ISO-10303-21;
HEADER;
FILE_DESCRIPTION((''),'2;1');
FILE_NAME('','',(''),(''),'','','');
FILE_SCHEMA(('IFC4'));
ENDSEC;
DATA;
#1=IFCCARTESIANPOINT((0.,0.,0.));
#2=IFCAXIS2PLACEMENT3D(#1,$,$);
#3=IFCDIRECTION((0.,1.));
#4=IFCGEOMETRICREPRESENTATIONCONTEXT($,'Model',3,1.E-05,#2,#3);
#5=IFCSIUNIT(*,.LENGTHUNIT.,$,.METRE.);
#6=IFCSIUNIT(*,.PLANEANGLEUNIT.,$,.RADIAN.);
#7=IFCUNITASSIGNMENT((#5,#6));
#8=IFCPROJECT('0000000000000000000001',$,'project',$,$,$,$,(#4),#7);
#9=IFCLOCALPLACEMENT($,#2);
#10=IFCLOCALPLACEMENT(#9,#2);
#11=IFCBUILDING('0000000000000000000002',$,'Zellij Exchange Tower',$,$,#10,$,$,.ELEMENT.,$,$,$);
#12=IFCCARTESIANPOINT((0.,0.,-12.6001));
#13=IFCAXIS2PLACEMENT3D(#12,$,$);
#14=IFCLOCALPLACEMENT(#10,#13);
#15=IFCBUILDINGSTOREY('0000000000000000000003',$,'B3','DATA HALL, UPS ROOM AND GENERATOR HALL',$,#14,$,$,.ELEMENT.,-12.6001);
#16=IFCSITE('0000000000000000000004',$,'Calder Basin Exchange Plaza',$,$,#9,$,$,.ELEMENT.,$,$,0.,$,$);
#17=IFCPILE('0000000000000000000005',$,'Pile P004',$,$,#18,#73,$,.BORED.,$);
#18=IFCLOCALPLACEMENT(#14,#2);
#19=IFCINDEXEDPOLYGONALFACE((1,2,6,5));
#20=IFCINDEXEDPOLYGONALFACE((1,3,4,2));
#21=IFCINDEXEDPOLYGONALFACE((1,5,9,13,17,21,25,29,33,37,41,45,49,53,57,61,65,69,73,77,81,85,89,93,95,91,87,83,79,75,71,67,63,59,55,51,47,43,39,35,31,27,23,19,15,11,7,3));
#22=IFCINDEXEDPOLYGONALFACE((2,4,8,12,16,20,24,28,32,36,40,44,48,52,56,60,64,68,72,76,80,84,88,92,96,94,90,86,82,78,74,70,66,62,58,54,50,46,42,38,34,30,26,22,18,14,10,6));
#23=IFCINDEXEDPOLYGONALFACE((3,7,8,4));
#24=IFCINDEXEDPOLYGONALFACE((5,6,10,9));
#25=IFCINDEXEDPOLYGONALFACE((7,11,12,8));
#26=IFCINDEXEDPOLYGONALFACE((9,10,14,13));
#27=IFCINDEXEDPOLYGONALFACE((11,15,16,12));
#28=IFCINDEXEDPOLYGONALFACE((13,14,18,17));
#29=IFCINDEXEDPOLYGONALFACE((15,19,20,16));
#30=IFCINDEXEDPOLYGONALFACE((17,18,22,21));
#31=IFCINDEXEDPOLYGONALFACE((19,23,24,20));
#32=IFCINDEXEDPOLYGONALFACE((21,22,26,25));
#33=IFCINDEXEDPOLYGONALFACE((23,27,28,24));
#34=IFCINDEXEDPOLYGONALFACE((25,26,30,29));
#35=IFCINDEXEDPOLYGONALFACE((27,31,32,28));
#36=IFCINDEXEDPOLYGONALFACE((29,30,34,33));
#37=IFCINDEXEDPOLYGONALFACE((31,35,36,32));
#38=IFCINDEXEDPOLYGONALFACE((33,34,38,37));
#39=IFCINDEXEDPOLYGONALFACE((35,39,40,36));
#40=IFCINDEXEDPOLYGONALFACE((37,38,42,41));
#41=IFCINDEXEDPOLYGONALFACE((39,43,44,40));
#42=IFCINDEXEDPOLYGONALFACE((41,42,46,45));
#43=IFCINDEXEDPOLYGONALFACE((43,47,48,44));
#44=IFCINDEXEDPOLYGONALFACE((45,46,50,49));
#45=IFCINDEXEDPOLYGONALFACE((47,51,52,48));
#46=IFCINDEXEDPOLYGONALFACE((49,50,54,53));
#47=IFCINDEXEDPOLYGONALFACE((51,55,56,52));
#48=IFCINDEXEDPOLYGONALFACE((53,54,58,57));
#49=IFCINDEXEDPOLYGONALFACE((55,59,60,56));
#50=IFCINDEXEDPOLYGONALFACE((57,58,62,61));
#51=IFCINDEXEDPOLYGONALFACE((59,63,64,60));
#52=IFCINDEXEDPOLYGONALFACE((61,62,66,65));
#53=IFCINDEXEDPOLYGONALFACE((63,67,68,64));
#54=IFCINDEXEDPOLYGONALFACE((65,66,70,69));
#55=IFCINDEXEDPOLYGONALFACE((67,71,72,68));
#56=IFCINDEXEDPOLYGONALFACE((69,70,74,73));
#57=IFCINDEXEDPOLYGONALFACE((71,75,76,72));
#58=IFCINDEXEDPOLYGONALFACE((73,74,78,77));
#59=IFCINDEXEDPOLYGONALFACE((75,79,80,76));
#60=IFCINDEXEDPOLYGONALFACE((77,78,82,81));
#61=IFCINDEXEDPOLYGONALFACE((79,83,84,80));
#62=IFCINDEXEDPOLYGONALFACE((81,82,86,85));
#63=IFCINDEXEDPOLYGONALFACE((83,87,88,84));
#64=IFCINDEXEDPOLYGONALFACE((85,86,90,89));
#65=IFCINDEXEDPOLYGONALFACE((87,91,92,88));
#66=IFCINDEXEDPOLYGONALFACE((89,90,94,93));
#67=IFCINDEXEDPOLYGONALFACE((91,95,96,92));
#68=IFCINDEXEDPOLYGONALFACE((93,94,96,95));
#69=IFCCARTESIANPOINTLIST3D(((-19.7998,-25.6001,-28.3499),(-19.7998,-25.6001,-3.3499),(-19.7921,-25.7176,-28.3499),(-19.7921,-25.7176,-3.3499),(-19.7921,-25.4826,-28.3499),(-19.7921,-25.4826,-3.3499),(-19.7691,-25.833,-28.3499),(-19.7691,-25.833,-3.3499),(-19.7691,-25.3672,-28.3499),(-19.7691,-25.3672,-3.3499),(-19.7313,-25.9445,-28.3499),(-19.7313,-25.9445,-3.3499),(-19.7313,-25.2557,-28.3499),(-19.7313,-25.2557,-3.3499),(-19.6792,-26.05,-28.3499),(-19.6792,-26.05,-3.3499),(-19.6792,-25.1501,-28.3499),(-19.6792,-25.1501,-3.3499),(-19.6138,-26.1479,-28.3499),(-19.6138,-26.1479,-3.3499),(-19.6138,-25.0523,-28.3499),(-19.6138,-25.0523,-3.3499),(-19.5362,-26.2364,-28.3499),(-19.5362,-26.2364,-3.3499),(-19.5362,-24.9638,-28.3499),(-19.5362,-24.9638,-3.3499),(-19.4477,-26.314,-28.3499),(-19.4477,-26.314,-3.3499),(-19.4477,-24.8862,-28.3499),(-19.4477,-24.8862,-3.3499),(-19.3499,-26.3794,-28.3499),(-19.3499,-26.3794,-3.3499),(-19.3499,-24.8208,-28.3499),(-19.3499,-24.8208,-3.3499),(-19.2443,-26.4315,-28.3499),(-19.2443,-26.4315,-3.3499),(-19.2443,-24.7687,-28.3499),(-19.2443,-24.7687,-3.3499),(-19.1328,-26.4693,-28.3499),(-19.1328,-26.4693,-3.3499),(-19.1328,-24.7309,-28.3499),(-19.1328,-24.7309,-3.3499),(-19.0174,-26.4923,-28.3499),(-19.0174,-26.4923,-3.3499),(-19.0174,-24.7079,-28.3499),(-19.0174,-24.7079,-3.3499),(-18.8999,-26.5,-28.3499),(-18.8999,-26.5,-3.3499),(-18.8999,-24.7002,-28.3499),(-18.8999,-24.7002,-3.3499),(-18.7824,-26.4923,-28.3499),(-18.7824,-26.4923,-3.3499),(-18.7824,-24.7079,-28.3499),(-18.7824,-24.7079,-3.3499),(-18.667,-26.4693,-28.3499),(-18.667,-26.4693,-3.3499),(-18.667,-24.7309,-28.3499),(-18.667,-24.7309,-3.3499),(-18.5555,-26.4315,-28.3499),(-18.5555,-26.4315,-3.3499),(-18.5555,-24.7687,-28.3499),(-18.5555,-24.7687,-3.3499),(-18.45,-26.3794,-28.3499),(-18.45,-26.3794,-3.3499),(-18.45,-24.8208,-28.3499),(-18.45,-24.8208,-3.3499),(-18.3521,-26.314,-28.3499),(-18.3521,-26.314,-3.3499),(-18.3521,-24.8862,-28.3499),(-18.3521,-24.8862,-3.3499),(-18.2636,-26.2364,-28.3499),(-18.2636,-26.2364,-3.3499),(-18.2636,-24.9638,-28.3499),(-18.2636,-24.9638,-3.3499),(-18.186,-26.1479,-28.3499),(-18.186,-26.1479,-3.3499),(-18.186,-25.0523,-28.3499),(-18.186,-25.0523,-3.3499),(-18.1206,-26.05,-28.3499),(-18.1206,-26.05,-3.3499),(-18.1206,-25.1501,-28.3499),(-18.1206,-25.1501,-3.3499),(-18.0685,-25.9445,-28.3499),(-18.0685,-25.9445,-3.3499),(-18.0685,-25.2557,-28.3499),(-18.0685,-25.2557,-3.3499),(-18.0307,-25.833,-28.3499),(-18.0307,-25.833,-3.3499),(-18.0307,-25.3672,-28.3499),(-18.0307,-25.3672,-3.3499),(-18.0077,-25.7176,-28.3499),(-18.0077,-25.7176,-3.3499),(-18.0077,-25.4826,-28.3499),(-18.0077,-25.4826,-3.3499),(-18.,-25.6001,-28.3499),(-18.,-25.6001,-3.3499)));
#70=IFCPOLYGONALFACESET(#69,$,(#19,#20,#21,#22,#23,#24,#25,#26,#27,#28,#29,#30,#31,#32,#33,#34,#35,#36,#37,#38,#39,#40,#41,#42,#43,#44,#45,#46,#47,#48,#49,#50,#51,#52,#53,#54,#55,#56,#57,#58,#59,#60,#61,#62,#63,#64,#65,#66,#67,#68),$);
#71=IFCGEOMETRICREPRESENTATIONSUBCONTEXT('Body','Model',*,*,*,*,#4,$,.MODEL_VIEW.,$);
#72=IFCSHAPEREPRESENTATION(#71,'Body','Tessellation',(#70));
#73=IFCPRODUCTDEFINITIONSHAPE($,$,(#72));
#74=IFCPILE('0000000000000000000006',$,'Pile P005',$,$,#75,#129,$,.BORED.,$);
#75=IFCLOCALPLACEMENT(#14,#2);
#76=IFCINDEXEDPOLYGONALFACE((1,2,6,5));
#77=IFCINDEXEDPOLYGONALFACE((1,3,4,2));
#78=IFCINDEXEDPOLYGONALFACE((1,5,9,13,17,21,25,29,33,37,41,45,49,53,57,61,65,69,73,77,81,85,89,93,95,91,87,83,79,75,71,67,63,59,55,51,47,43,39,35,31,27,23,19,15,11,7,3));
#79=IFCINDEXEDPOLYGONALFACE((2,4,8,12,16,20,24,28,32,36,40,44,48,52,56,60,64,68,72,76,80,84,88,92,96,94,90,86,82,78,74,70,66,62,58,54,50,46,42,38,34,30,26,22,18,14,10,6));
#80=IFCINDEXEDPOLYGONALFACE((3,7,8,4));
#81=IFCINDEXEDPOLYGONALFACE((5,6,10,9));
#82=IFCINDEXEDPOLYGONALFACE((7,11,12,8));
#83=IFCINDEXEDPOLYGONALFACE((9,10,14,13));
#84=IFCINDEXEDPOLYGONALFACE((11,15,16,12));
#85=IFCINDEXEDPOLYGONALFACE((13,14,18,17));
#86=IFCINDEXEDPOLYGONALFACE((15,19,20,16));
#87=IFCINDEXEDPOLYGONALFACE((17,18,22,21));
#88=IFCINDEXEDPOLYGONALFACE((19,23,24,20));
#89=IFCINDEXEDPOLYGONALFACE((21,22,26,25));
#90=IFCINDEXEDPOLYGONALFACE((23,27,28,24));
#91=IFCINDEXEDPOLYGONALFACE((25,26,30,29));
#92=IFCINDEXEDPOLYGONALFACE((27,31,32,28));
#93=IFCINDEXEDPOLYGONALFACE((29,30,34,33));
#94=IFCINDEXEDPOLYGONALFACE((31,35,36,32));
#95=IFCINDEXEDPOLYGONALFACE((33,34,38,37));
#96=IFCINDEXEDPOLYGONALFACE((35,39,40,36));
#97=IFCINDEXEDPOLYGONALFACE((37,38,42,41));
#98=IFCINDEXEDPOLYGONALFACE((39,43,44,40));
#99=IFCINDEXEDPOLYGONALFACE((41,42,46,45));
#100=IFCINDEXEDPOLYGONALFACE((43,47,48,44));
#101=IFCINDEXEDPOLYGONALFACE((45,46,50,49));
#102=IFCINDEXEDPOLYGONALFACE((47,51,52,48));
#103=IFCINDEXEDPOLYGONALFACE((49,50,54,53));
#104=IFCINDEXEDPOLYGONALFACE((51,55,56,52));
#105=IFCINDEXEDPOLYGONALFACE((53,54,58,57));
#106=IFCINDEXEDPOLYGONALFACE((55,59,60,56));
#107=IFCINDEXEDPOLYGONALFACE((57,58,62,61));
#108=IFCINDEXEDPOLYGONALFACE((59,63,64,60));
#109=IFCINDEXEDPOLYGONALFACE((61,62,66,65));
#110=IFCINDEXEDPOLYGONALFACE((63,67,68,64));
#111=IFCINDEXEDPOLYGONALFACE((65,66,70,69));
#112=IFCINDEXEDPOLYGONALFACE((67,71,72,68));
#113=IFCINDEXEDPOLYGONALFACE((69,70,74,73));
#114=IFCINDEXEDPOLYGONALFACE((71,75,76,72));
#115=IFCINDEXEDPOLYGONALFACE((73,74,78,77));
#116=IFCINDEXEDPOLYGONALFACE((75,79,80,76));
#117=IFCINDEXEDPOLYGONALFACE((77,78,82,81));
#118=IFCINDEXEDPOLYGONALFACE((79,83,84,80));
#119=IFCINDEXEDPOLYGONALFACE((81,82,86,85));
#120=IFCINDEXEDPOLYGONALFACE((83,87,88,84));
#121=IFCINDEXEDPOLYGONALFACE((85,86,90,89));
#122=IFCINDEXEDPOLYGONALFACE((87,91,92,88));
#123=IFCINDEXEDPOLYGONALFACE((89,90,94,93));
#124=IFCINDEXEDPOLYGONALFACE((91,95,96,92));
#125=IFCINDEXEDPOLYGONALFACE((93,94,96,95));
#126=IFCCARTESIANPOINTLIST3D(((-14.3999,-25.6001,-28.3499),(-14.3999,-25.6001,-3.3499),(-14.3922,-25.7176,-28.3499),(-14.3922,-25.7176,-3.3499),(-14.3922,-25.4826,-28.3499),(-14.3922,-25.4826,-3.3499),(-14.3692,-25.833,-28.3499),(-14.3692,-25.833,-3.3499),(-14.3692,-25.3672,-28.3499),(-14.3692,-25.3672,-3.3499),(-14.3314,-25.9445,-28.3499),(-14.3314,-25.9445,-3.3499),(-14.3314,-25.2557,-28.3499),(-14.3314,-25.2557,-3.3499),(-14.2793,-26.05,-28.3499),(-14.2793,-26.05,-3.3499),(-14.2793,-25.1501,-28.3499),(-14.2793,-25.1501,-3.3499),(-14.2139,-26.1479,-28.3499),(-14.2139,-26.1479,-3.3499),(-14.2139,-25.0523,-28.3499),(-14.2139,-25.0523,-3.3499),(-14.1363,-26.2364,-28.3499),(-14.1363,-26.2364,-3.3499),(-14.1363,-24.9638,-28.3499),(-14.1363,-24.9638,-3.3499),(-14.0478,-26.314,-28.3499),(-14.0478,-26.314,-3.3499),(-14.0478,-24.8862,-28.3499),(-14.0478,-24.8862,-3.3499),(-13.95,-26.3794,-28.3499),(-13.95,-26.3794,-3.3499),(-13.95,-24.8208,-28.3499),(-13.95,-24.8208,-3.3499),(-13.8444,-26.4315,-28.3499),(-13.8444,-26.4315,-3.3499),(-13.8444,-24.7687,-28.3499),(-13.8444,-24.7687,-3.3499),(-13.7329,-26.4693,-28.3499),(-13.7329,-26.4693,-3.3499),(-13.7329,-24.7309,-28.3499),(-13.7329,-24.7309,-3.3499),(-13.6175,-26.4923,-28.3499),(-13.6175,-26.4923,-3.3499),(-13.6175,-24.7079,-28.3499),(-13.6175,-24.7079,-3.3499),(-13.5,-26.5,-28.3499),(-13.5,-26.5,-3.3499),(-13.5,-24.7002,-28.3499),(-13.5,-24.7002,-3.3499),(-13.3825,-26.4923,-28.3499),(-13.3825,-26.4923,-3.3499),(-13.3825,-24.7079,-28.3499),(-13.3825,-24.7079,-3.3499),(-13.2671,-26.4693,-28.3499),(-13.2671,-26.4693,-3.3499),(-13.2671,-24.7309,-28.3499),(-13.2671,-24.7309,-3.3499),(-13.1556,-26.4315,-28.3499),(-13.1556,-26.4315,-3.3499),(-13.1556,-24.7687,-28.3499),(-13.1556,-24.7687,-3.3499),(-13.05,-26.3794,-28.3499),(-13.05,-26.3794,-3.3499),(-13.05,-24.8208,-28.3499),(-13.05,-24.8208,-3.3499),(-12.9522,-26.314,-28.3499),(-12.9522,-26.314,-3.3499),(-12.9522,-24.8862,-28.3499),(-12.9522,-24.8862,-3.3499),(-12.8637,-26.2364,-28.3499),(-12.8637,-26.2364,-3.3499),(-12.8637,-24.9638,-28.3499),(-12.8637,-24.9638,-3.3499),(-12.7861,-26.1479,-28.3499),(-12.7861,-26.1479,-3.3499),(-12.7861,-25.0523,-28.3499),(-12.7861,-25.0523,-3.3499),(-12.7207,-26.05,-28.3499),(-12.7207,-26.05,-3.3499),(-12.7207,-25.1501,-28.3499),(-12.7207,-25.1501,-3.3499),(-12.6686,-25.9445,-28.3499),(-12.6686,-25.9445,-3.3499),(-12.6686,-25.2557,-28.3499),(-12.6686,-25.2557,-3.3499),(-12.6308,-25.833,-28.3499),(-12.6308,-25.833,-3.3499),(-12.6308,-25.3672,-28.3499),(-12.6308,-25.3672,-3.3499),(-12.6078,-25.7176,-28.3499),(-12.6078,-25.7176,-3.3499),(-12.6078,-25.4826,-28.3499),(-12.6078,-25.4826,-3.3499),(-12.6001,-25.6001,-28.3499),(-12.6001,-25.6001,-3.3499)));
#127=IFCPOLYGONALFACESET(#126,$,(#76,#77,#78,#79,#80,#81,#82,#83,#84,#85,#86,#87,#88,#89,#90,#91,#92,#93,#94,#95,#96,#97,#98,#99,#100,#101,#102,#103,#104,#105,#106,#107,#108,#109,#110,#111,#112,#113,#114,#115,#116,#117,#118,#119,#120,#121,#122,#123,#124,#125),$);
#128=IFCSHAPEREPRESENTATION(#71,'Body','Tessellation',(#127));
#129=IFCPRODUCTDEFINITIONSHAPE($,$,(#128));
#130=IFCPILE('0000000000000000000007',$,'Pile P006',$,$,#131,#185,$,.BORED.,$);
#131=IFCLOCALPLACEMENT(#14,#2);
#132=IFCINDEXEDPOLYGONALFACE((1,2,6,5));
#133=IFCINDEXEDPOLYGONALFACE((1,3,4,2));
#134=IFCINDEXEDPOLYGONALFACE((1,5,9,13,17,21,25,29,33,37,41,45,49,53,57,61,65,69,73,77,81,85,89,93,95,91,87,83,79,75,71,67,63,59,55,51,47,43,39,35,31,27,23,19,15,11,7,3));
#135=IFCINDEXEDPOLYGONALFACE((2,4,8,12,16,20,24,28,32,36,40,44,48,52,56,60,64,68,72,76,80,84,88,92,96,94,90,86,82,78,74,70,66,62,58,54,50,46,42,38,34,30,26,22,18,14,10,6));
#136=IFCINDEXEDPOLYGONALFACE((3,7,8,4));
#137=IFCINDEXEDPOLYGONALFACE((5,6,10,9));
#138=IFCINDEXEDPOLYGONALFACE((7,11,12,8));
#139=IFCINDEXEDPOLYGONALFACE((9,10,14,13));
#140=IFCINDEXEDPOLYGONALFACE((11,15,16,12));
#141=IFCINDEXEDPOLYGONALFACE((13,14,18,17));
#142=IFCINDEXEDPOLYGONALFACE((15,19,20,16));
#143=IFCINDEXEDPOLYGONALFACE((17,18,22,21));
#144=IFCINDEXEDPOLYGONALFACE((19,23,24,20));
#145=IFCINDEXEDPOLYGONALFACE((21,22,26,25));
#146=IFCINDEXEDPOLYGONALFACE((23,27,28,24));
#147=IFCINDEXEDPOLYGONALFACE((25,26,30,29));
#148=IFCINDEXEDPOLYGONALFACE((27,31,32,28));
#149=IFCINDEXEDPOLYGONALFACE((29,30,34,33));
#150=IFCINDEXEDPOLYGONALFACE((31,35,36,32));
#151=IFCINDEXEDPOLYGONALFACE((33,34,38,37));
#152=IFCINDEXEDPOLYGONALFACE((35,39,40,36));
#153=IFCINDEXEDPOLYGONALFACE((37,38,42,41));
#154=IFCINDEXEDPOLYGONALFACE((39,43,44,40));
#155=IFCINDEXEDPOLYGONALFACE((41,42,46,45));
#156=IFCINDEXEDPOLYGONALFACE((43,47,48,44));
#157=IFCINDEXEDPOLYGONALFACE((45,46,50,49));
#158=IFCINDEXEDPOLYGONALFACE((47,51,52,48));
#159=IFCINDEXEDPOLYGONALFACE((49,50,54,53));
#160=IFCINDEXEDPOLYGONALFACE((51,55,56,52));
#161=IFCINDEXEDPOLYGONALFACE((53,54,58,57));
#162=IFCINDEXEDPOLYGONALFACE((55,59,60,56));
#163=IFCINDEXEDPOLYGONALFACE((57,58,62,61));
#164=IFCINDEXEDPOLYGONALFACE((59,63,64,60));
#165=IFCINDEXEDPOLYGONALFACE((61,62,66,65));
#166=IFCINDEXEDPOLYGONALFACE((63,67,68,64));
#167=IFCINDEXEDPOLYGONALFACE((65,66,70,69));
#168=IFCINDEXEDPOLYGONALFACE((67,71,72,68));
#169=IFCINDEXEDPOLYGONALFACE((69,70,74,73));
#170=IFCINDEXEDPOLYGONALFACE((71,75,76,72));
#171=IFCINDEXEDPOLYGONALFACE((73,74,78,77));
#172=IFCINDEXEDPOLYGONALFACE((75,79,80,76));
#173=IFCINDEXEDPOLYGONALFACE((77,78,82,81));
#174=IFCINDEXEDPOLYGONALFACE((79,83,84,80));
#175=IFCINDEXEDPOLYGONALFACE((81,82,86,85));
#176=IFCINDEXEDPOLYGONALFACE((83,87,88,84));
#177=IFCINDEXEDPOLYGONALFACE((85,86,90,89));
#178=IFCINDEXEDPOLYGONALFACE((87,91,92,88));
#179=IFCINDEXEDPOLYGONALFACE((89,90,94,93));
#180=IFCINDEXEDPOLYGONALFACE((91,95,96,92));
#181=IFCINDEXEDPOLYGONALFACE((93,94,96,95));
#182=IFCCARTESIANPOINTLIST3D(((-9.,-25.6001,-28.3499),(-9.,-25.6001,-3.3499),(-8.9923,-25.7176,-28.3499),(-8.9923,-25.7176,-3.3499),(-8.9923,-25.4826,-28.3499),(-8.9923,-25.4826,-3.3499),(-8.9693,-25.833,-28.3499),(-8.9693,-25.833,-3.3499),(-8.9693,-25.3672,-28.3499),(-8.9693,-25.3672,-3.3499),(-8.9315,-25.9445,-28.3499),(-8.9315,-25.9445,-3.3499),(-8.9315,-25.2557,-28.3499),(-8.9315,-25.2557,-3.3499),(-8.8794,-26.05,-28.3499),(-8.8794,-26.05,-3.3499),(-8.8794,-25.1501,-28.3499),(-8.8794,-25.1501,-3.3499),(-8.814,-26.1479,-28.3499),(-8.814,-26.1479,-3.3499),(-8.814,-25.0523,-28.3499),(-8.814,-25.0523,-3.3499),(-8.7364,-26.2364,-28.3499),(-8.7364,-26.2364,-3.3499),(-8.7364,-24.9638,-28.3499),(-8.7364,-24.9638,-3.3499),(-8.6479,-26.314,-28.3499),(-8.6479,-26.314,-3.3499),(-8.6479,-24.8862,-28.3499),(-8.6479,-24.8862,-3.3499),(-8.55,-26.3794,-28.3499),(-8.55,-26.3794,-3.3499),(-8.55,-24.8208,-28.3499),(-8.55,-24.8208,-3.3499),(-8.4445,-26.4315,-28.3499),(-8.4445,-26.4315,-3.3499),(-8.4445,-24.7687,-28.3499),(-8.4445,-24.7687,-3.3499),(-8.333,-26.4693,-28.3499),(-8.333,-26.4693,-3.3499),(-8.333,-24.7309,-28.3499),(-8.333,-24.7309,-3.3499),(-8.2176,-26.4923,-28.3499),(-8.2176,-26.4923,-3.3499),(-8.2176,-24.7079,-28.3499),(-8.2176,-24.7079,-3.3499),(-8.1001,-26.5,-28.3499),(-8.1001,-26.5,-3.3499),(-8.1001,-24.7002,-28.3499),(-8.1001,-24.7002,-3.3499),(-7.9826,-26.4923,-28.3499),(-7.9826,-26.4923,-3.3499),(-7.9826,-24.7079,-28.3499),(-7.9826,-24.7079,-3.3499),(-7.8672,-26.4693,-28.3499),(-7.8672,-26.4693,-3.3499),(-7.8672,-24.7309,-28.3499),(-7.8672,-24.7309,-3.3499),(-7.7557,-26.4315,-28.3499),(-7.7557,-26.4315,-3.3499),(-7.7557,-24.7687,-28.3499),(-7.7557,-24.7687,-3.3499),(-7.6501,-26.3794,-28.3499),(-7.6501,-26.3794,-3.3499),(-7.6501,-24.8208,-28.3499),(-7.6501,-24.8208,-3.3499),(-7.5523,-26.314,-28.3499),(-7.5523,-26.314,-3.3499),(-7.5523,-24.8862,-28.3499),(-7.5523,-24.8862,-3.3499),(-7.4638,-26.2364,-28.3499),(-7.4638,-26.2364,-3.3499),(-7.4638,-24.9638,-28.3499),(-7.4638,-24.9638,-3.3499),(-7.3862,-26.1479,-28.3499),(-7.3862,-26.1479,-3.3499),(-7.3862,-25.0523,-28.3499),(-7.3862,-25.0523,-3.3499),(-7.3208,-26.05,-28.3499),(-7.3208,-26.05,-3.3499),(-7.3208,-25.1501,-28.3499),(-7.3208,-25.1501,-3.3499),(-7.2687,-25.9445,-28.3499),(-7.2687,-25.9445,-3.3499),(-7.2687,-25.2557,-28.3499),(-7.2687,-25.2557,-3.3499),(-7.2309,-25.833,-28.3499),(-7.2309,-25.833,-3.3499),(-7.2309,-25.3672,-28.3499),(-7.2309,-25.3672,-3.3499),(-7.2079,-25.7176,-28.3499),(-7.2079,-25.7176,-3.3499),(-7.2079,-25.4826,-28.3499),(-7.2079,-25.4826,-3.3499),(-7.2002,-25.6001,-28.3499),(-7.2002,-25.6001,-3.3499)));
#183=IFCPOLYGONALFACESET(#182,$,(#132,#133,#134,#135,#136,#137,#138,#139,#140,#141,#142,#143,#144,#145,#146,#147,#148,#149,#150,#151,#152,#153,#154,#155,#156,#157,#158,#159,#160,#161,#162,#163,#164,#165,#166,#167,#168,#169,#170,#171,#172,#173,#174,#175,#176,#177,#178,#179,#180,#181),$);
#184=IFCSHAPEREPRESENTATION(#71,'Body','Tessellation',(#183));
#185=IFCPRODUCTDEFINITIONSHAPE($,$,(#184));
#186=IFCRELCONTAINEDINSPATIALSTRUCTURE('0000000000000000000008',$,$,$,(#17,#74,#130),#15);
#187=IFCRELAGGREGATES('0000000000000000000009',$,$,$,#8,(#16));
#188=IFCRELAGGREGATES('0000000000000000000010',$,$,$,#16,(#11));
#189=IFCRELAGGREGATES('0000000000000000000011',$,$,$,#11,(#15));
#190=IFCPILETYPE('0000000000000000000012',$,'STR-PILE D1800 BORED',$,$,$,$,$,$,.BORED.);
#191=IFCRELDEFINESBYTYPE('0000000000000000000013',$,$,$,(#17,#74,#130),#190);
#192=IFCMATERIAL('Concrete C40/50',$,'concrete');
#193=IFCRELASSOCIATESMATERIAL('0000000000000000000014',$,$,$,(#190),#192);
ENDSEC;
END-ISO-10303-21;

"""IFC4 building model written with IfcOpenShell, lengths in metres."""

from ifc_helpers import new_model, si_unit, direction, frame, origin, origin_2d, place, context, subcontext, project, spatial, circle, extrude, material, material_profile, profile_set, type_object, element, save


model = new_model("IFC4")

# Units and contexts
model_context = context("Model", 3, precision=1e-05, world=origin(), true_north=direction((0.0, 1.0)))
body_context = subcontext(model_context, "Body", "Model", "MODEL_VIEW")
ifc_project = project(units=[si_unit("LENGTHUNIT", "METRE"), si_unit("PLANEANGLEUNIT", "RADIAN")], contexts=[model_context])

# Site, building, storey
site_placement = place(None, origin())
site = spatial("IfcSite", under=ifc_project, at=site_placement, Name="Calder Basin Exchange Plaza", CompositionType="ELEMENT", RefElevation=0.0)
building_placement = place(site_placement, origin())
building = spatial("IfcBuilding", under=site, at=building_placement, Name="Zellij Exchange Tower", CompositionType="ELEMENT")
storey_placement = place(building_placement, frame((0.0, 0.0, -12.6001)))
storey = spatial("IfcBuildingStorey", under=building, at=storey_placement, Name="B3", Description="DATA HALL, UPS ROOM AND GENERATOR HALL", CompositionType="ELEMENT", Elevation=-12.6001)

# Piles
ifc_material_1 = material(Name="Concrete C40/50", Category="concrete")
ifc_material_profile_1 = material_profile(ifc_material_1, circle(Radius=0.8999, at=origin_2d()), Name="STR-PILE D1800 BORED")
ifc_profile_set_1 = profile_set([ifc_material_profile_1], Name="Concrete C40/50")
pile_type = type_object("IfcPileType", Name="STR-PILE D1800 BORED", PredefinedType="BORED", material=ifc_profile_set_1)
for number, where, z_axis, x_axis, name in (
    (1, (-18.8999, -25.6001, -3.3499), (0.0, 0.0, -1.0), (1.0, 0.0, 0.0), "Pile P004"),
    (2, (-13.5, -25.6001, -3.3499), (0.0, 0.0, -1.0), (1.0, 0.0, 0.0), "Pile P005"),
    (3, (-8.1001, -25.6001, -3.3499), (0.0, 0.0, -1.0), (1.0, 0.0, 0.0), "Pile P006"),
):
    element("IfcPile", number, at=place(storey_placement, frame(where, z_axis=z_axis, x_axis=x_axis)), inside=storey, type_object=pile_type, Name=name, PredefinedType="BORED", context=body_context, shape_type="SweptSolid", body=[
        extrude(circle(Radius=0.8999, at=origin_2d()), origin(), (0.0, 0.0, 1.0), 25.0),
    ])

save(model, "model.ifc")
